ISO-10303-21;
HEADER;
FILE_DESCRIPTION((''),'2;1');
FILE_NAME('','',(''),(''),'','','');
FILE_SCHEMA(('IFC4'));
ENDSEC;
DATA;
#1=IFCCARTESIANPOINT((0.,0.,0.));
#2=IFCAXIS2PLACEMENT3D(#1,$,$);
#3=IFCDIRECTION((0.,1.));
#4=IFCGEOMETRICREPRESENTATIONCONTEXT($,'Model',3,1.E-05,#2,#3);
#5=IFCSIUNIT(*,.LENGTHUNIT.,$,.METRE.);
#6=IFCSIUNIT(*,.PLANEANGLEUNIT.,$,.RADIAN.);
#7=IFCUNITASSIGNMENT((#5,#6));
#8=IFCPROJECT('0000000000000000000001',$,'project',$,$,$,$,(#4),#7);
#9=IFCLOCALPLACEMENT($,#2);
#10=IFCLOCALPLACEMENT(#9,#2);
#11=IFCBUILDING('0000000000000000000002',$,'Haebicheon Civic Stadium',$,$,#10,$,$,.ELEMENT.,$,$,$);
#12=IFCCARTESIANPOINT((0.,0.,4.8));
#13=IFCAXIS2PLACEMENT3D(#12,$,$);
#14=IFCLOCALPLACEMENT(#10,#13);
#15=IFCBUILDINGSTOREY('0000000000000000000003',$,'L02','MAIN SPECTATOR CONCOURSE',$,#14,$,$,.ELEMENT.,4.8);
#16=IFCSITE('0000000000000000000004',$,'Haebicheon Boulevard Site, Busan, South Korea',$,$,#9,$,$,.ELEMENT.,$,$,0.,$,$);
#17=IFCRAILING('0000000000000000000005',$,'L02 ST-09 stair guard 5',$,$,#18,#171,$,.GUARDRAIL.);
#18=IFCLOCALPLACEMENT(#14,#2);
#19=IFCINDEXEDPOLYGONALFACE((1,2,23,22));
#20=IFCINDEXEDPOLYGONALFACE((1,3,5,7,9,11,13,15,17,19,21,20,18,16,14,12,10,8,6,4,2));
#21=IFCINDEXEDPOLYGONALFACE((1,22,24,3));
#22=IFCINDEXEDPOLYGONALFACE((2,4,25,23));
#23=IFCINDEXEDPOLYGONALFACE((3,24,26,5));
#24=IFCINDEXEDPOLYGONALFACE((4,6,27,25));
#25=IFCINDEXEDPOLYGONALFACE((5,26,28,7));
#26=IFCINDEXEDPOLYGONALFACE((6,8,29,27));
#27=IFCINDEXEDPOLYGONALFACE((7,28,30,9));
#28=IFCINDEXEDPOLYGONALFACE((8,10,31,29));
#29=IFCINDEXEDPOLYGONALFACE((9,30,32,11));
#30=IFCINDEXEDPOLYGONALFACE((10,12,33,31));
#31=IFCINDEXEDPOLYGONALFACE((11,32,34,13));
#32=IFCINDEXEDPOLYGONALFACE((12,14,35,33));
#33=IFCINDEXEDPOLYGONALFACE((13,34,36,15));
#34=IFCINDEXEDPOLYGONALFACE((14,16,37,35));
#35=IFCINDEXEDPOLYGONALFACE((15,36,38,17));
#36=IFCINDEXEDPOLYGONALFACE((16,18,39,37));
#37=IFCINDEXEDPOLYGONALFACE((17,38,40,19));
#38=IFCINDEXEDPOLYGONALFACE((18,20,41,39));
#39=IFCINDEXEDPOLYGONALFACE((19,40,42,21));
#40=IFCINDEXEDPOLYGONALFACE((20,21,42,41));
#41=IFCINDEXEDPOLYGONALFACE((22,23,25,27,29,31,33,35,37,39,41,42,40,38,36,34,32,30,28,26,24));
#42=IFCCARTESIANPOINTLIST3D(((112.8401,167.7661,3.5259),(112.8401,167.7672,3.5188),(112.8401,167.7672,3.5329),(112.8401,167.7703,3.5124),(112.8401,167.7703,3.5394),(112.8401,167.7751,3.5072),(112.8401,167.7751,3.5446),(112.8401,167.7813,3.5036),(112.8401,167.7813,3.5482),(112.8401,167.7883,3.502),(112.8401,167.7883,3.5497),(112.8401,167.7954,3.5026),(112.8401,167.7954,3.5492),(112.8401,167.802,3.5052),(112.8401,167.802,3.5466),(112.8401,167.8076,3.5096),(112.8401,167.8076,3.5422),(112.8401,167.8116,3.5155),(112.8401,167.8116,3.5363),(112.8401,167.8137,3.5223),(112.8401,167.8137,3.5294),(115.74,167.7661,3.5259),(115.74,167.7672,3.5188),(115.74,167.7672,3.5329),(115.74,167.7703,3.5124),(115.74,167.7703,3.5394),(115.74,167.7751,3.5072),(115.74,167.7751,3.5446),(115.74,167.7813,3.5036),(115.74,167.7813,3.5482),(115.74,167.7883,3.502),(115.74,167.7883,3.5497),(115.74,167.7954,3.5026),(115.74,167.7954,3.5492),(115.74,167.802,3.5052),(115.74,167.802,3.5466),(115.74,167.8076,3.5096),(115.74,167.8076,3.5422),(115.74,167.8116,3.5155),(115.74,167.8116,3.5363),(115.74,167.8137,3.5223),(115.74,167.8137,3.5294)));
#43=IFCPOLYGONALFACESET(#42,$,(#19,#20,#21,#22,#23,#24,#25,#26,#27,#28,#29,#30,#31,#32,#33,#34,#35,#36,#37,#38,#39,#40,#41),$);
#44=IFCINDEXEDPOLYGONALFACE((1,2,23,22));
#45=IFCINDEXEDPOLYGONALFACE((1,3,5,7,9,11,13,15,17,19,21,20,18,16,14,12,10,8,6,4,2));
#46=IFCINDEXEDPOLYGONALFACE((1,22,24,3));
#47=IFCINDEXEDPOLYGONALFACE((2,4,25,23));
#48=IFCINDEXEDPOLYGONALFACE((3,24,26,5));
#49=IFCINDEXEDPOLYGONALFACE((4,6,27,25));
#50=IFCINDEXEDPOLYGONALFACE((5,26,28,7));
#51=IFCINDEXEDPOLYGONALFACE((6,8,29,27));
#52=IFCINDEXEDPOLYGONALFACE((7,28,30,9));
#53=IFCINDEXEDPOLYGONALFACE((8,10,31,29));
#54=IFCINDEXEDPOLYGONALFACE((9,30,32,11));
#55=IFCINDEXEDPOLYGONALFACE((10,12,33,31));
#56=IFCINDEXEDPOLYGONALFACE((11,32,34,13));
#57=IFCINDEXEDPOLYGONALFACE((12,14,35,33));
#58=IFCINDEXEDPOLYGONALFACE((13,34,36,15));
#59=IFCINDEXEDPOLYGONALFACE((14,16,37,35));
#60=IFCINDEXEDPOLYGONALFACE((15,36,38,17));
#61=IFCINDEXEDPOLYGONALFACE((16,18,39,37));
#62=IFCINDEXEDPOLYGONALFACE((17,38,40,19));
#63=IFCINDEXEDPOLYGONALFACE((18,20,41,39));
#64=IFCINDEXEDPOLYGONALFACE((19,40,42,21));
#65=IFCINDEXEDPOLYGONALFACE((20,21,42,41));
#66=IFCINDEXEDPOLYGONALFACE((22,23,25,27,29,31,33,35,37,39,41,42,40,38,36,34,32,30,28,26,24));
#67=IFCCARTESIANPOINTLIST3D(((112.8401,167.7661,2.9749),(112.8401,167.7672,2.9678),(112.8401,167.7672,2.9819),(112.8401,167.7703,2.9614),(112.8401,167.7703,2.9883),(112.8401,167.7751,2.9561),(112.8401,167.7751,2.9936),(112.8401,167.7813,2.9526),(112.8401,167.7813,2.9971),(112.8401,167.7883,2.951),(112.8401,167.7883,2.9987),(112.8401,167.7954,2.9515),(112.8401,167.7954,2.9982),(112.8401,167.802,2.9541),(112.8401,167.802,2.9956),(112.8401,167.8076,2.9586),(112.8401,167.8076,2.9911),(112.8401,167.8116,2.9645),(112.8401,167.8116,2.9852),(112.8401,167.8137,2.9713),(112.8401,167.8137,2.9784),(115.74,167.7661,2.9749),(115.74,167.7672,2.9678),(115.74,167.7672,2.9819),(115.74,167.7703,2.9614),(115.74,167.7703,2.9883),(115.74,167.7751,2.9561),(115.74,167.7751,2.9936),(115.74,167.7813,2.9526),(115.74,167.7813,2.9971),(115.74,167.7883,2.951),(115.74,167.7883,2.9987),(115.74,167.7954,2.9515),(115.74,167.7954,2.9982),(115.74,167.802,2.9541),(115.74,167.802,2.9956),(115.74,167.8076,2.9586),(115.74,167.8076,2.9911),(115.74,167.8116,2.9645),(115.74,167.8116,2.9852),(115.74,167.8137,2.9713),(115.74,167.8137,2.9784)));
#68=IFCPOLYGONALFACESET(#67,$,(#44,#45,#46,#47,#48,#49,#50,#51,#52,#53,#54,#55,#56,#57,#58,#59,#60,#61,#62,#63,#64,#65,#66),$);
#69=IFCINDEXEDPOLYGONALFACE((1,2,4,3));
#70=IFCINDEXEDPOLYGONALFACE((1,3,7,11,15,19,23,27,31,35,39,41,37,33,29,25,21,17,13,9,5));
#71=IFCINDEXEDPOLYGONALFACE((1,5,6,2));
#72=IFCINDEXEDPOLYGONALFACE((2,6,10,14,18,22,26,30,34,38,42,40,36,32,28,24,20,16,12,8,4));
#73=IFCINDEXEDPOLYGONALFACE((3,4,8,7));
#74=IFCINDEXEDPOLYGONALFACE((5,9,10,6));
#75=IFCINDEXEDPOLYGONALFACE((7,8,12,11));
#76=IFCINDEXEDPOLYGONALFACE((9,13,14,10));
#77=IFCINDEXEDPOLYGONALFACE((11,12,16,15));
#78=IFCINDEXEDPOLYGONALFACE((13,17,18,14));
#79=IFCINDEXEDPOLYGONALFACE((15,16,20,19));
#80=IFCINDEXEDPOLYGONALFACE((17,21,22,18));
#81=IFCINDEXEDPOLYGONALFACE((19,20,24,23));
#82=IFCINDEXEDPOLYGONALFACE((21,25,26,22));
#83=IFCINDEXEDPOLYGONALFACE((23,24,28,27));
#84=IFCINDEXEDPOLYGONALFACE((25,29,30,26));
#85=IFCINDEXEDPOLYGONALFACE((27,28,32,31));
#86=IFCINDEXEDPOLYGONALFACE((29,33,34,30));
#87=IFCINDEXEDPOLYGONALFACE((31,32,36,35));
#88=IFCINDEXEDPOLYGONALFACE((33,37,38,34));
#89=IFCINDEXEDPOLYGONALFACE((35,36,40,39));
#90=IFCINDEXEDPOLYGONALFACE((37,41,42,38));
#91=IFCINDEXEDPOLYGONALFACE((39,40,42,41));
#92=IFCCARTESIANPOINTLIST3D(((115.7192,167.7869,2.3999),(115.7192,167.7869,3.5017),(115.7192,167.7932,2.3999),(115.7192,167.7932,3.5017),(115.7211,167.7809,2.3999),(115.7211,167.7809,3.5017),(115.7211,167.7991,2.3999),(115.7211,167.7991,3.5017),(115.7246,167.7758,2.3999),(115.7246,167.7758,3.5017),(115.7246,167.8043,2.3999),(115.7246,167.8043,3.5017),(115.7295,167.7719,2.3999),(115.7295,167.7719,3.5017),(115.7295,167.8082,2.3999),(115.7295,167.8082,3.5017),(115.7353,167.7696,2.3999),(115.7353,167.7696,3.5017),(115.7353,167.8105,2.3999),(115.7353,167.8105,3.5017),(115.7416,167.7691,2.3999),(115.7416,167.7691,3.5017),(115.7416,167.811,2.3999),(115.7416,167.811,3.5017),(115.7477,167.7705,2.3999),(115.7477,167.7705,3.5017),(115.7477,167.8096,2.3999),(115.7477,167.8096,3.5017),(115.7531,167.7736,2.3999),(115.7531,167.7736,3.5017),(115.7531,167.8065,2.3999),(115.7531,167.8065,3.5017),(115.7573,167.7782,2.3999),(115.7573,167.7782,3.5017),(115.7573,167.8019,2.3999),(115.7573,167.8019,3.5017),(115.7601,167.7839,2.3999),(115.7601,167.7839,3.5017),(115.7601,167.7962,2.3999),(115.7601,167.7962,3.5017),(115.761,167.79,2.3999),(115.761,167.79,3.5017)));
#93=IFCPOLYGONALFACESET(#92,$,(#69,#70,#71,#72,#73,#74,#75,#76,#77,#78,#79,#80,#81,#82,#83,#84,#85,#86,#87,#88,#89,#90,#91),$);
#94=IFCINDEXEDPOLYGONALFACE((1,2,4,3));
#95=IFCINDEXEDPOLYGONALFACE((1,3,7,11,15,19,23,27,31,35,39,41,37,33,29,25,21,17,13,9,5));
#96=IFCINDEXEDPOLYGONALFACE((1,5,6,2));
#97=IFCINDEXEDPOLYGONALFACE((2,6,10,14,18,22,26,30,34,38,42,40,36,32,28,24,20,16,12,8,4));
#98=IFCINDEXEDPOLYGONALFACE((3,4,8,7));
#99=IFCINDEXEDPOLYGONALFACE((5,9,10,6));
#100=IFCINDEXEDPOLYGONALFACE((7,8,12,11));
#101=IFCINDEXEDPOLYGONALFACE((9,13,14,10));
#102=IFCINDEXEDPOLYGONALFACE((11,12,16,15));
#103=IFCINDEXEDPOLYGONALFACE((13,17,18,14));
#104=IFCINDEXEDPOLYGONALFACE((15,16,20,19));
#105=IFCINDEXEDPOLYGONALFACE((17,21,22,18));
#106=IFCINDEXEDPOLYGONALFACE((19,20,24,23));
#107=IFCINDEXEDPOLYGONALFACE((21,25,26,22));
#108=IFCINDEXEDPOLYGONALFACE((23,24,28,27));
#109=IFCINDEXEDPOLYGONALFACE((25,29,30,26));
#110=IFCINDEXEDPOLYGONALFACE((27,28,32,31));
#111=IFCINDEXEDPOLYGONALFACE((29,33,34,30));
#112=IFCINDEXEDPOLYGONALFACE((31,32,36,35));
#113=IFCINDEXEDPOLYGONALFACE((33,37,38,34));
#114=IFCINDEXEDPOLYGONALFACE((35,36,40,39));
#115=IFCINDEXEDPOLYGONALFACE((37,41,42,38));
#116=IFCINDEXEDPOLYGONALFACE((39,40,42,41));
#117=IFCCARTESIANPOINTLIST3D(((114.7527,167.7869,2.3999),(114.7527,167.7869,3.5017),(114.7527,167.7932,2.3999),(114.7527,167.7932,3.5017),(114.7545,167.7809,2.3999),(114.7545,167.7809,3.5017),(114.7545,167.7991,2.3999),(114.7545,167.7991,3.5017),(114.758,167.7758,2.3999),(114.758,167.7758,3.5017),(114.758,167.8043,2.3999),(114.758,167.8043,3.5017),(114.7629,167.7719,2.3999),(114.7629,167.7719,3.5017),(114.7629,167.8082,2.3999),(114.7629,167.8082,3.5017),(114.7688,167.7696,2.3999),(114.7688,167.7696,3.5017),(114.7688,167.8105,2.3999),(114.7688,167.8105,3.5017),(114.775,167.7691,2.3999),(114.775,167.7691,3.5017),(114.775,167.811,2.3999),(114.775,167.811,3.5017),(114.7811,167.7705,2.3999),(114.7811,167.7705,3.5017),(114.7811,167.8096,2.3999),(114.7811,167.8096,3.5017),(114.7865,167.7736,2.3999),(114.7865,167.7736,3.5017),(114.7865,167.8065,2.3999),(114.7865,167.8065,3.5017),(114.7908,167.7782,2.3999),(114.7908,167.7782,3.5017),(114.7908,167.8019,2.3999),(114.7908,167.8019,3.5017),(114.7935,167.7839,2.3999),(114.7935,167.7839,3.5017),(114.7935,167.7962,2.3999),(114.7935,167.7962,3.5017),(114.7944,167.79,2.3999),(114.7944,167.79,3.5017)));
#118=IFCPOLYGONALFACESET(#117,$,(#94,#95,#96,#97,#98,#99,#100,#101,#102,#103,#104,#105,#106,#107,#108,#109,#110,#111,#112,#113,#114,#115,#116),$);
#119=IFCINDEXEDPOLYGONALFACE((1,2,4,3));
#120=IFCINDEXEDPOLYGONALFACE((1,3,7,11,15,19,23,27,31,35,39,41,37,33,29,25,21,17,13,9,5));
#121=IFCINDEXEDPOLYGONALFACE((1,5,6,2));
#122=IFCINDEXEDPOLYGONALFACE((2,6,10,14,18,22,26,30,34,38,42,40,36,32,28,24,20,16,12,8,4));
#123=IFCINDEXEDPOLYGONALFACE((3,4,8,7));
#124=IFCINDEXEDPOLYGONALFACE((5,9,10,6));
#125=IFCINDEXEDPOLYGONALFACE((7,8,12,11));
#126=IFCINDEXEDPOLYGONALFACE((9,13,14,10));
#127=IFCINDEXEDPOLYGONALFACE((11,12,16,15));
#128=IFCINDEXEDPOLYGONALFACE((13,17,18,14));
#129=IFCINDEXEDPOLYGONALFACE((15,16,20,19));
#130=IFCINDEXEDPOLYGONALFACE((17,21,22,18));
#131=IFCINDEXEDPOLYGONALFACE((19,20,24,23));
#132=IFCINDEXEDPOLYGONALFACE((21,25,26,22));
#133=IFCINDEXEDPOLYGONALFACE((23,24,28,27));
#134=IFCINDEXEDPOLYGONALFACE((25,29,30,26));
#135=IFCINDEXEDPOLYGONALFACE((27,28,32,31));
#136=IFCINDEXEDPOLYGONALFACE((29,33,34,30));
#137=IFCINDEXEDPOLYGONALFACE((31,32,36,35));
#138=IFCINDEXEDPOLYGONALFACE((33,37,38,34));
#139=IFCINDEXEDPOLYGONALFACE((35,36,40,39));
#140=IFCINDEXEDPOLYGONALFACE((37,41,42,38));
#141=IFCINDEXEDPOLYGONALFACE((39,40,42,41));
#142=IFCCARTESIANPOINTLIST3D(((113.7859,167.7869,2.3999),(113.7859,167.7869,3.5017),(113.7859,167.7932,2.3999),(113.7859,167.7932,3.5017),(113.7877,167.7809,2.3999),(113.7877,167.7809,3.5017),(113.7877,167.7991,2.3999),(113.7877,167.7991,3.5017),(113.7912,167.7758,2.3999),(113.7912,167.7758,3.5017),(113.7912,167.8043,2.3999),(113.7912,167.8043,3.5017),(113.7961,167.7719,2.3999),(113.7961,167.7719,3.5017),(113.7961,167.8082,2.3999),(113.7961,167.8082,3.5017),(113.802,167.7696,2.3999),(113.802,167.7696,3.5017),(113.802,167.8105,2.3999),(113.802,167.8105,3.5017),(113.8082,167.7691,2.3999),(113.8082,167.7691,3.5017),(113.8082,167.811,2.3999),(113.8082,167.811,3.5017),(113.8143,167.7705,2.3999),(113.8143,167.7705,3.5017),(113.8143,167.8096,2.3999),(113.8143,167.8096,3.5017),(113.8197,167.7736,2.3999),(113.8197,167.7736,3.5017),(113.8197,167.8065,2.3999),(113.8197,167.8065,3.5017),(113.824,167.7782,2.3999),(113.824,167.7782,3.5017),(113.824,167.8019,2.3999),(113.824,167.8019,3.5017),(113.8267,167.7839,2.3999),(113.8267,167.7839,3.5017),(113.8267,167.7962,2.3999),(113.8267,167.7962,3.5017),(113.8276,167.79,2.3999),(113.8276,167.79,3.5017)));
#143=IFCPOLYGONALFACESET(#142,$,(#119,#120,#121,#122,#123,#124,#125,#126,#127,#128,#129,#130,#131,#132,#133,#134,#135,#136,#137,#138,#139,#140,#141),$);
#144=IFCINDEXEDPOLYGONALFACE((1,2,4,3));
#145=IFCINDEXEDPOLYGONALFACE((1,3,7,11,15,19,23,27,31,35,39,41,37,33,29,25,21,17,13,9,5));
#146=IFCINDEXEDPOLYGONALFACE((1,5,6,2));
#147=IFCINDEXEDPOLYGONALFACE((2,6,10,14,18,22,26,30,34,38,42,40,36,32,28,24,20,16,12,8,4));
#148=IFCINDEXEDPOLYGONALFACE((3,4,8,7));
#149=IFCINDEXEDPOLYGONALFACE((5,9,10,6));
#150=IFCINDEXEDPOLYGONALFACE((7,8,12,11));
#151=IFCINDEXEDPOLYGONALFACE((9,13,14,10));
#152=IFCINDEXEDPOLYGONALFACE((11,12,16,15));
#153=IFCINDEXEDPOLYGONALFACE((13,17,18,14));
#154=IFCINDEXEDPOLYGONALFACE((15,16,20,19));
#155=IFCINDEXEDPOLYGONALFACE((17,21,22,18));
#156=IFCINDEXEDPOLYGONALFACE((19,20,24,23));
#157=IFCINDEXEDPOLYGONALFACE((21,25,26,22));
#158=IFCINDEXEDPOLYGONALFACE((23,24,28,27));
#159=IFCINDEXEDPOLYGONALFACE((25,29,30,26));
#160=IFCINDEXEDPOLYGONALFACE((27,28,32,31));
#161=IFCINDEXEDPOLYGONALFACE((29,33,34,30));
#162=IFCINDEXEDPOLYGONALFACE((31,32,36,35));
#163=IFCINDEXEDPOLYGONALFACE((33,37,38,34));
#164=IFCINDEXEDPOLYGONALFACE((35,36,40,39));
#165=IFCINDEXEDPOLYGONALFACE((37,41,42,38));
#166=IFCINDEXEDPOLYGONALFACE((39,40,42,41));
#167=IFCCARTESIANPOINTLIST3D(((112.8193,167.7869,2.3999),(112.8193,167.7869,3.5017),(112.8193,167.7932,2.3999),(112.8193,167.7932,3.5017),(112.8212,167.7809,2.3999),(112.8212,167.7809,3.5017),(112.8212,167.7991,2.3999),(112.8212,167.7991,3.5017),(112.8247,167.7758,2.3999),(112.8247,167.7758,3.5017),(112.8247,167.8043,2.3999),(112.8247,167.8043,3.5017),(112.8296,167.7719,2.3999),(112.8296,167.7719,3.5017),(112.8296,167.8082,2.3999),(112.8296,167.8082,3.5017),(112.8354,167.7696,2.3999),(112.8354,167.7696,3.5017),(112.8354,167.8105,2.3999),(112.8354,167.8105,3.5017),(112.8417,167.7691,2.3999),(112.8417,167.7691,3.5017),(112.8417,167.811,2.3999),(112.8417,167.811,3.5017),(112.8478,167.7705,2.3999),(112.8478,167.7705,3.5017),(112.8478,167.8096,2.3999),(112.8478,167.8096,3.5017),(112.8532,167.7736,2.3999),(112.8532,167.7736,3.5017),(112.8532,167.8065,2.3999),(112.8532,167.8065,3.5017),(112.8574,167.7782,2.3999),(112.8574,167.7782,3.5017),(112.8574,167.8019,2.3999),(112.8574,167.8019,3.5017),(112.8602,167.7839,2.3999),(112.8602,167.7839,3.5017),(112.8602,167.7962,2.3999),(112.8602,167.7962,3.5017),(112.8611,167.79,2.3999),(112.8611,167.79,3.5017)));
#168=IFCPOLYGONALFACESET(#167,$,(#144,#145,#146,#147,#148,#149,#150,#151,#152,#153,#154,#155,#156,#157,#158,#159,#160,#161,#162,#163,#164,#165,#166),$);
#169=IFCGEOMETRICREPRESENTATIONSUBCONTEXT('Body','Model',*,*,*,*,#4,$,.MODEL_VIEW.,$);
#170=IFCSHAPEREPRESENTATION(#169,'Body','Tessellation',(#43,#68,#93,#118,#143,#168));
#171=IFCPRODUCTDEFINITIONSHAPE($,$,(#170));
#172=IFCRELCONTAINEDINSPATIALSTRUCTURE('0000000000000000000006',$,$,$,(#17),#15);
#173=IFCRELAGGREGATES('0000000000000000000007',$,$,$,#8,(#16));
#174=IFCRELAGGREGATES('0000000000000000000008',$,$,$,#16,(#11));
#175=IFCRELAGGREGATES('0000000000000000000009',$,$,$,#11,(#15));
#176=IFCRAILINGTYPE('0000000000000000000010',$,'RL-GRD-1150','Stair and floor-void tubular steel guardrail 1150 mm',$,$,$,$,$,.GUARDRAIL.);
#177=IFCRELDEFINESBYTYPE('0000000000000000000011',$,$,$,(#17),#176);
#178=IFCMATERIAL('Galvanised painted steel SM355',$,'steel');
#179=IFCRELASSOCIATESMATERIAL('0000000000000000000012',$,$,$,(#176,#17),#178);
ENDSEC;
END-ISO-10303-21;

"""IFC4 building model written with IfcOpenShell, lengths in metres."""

from ifc_helpers import new_model, si_unit, direction, frame, origin, origin_2d, place, context, subcontext, project, spatial, circle, extrude, material, type_object, element, save


model = new_model("IFC4")

# Units and contexts
model_context = context("Model", 3, precision=1e-05, world=origin(), true_north=direction((0.0, 1.0)))
body_context = subcontext(model_context, "Body", "Model", "MODEL_VIEW")
ifc_project = project(units=[si_unit("LENGTHUNIT", "METRE"), si_unit("PLANEANGLEUNIT", "RADIAN")], contexts=[model_context])

# Site, building, storey
site_placement = place(None, origin())
site = spatial("IfcSite", under=ifc_project, at=site_placement, Name="Haebicheon Boulevard Site, Busan, South Korea", CompositionType="ELEMENT", RefElevation=0.0)
building_placement = place(site_placement, origin())
building = spatial("IfcBuilding", under=site, at=building_placement, Name="Haebicheon Civic Stadium", CompositionType="ELEMENT")
storey_placement = place(building_placement, frame((0.0, 0.0, 4.8)))
storey = spatial("IfcBuildingStorey", under=building, at=storey_placement, Name="L02", Description="MAIN SPECTATOR CONCOURSE", CompositionType="ELEMENT", Elevation=4.8)

# Railing
ifc_material_1 = material(Name="Galvanised painted steel SM355", Category="steel")
railing_type = type_object("IfcRailingType", Name="RL-GRD-1150", Description="Stair and floor-void tubular steel guardrail 1150 mm", PredefinedType="GUARDRAIL", material=ifc_material_1)
railing_1_placement = place(storey_placement, frame((115.74, 167.79, 2.3999)))
element("IfcRailing", 1, at=railing_1_placement, inside=storey, type_object=railing_type, material=ifc_material_1, Name="L02 ST-09 stair guard 5", PredefinedType="GUARDRAIL", context=body_context, shape_type="SweptSolid", body=[
    extrude(circle(Radius=0.0239, at=origin_2d()), frame((0.0, 0.0, 1.126), z_axis=(-1.0, 0.0, 0.0), x_axis=(0.0, -1.0, 0.0)), (0.0, 0.0, 1.0), 2.8999),
    extrude(circle(Radius=0.0239, at=origin_2d()), frame((0.0, 0.0, 0.575), z_axis=(-1.0, 0.0, 0.0), x_axis=(0.0, -1.0, 0.0)), (0.0, 0.0, 1.0), 2.8999),
    extrude(circle(Radius=0.021, at=origin_2d()), origin(), (0.0, 0.0, 1.0), 1.1018),
    extrude(circle(Radius=0.021, at=origin_2d()), frame((-0.9666, 0.0, 0.0)), (0.0, 0.0, 1.0), 1.1018),
    extrude(circle(Radius=0.021, at=origin_2d()), frame((-1.9333, 0.0, 0.0)), (0.0, 0.0, 1.0), 1.1018),
    extrude(circle(Radius=0.021, at=origin_2d()), frame((-2.8999, 0.0, 0.0)), (0.0, 0.0, 1.0), 1.1018),
])

save(model, "model.ifc")
